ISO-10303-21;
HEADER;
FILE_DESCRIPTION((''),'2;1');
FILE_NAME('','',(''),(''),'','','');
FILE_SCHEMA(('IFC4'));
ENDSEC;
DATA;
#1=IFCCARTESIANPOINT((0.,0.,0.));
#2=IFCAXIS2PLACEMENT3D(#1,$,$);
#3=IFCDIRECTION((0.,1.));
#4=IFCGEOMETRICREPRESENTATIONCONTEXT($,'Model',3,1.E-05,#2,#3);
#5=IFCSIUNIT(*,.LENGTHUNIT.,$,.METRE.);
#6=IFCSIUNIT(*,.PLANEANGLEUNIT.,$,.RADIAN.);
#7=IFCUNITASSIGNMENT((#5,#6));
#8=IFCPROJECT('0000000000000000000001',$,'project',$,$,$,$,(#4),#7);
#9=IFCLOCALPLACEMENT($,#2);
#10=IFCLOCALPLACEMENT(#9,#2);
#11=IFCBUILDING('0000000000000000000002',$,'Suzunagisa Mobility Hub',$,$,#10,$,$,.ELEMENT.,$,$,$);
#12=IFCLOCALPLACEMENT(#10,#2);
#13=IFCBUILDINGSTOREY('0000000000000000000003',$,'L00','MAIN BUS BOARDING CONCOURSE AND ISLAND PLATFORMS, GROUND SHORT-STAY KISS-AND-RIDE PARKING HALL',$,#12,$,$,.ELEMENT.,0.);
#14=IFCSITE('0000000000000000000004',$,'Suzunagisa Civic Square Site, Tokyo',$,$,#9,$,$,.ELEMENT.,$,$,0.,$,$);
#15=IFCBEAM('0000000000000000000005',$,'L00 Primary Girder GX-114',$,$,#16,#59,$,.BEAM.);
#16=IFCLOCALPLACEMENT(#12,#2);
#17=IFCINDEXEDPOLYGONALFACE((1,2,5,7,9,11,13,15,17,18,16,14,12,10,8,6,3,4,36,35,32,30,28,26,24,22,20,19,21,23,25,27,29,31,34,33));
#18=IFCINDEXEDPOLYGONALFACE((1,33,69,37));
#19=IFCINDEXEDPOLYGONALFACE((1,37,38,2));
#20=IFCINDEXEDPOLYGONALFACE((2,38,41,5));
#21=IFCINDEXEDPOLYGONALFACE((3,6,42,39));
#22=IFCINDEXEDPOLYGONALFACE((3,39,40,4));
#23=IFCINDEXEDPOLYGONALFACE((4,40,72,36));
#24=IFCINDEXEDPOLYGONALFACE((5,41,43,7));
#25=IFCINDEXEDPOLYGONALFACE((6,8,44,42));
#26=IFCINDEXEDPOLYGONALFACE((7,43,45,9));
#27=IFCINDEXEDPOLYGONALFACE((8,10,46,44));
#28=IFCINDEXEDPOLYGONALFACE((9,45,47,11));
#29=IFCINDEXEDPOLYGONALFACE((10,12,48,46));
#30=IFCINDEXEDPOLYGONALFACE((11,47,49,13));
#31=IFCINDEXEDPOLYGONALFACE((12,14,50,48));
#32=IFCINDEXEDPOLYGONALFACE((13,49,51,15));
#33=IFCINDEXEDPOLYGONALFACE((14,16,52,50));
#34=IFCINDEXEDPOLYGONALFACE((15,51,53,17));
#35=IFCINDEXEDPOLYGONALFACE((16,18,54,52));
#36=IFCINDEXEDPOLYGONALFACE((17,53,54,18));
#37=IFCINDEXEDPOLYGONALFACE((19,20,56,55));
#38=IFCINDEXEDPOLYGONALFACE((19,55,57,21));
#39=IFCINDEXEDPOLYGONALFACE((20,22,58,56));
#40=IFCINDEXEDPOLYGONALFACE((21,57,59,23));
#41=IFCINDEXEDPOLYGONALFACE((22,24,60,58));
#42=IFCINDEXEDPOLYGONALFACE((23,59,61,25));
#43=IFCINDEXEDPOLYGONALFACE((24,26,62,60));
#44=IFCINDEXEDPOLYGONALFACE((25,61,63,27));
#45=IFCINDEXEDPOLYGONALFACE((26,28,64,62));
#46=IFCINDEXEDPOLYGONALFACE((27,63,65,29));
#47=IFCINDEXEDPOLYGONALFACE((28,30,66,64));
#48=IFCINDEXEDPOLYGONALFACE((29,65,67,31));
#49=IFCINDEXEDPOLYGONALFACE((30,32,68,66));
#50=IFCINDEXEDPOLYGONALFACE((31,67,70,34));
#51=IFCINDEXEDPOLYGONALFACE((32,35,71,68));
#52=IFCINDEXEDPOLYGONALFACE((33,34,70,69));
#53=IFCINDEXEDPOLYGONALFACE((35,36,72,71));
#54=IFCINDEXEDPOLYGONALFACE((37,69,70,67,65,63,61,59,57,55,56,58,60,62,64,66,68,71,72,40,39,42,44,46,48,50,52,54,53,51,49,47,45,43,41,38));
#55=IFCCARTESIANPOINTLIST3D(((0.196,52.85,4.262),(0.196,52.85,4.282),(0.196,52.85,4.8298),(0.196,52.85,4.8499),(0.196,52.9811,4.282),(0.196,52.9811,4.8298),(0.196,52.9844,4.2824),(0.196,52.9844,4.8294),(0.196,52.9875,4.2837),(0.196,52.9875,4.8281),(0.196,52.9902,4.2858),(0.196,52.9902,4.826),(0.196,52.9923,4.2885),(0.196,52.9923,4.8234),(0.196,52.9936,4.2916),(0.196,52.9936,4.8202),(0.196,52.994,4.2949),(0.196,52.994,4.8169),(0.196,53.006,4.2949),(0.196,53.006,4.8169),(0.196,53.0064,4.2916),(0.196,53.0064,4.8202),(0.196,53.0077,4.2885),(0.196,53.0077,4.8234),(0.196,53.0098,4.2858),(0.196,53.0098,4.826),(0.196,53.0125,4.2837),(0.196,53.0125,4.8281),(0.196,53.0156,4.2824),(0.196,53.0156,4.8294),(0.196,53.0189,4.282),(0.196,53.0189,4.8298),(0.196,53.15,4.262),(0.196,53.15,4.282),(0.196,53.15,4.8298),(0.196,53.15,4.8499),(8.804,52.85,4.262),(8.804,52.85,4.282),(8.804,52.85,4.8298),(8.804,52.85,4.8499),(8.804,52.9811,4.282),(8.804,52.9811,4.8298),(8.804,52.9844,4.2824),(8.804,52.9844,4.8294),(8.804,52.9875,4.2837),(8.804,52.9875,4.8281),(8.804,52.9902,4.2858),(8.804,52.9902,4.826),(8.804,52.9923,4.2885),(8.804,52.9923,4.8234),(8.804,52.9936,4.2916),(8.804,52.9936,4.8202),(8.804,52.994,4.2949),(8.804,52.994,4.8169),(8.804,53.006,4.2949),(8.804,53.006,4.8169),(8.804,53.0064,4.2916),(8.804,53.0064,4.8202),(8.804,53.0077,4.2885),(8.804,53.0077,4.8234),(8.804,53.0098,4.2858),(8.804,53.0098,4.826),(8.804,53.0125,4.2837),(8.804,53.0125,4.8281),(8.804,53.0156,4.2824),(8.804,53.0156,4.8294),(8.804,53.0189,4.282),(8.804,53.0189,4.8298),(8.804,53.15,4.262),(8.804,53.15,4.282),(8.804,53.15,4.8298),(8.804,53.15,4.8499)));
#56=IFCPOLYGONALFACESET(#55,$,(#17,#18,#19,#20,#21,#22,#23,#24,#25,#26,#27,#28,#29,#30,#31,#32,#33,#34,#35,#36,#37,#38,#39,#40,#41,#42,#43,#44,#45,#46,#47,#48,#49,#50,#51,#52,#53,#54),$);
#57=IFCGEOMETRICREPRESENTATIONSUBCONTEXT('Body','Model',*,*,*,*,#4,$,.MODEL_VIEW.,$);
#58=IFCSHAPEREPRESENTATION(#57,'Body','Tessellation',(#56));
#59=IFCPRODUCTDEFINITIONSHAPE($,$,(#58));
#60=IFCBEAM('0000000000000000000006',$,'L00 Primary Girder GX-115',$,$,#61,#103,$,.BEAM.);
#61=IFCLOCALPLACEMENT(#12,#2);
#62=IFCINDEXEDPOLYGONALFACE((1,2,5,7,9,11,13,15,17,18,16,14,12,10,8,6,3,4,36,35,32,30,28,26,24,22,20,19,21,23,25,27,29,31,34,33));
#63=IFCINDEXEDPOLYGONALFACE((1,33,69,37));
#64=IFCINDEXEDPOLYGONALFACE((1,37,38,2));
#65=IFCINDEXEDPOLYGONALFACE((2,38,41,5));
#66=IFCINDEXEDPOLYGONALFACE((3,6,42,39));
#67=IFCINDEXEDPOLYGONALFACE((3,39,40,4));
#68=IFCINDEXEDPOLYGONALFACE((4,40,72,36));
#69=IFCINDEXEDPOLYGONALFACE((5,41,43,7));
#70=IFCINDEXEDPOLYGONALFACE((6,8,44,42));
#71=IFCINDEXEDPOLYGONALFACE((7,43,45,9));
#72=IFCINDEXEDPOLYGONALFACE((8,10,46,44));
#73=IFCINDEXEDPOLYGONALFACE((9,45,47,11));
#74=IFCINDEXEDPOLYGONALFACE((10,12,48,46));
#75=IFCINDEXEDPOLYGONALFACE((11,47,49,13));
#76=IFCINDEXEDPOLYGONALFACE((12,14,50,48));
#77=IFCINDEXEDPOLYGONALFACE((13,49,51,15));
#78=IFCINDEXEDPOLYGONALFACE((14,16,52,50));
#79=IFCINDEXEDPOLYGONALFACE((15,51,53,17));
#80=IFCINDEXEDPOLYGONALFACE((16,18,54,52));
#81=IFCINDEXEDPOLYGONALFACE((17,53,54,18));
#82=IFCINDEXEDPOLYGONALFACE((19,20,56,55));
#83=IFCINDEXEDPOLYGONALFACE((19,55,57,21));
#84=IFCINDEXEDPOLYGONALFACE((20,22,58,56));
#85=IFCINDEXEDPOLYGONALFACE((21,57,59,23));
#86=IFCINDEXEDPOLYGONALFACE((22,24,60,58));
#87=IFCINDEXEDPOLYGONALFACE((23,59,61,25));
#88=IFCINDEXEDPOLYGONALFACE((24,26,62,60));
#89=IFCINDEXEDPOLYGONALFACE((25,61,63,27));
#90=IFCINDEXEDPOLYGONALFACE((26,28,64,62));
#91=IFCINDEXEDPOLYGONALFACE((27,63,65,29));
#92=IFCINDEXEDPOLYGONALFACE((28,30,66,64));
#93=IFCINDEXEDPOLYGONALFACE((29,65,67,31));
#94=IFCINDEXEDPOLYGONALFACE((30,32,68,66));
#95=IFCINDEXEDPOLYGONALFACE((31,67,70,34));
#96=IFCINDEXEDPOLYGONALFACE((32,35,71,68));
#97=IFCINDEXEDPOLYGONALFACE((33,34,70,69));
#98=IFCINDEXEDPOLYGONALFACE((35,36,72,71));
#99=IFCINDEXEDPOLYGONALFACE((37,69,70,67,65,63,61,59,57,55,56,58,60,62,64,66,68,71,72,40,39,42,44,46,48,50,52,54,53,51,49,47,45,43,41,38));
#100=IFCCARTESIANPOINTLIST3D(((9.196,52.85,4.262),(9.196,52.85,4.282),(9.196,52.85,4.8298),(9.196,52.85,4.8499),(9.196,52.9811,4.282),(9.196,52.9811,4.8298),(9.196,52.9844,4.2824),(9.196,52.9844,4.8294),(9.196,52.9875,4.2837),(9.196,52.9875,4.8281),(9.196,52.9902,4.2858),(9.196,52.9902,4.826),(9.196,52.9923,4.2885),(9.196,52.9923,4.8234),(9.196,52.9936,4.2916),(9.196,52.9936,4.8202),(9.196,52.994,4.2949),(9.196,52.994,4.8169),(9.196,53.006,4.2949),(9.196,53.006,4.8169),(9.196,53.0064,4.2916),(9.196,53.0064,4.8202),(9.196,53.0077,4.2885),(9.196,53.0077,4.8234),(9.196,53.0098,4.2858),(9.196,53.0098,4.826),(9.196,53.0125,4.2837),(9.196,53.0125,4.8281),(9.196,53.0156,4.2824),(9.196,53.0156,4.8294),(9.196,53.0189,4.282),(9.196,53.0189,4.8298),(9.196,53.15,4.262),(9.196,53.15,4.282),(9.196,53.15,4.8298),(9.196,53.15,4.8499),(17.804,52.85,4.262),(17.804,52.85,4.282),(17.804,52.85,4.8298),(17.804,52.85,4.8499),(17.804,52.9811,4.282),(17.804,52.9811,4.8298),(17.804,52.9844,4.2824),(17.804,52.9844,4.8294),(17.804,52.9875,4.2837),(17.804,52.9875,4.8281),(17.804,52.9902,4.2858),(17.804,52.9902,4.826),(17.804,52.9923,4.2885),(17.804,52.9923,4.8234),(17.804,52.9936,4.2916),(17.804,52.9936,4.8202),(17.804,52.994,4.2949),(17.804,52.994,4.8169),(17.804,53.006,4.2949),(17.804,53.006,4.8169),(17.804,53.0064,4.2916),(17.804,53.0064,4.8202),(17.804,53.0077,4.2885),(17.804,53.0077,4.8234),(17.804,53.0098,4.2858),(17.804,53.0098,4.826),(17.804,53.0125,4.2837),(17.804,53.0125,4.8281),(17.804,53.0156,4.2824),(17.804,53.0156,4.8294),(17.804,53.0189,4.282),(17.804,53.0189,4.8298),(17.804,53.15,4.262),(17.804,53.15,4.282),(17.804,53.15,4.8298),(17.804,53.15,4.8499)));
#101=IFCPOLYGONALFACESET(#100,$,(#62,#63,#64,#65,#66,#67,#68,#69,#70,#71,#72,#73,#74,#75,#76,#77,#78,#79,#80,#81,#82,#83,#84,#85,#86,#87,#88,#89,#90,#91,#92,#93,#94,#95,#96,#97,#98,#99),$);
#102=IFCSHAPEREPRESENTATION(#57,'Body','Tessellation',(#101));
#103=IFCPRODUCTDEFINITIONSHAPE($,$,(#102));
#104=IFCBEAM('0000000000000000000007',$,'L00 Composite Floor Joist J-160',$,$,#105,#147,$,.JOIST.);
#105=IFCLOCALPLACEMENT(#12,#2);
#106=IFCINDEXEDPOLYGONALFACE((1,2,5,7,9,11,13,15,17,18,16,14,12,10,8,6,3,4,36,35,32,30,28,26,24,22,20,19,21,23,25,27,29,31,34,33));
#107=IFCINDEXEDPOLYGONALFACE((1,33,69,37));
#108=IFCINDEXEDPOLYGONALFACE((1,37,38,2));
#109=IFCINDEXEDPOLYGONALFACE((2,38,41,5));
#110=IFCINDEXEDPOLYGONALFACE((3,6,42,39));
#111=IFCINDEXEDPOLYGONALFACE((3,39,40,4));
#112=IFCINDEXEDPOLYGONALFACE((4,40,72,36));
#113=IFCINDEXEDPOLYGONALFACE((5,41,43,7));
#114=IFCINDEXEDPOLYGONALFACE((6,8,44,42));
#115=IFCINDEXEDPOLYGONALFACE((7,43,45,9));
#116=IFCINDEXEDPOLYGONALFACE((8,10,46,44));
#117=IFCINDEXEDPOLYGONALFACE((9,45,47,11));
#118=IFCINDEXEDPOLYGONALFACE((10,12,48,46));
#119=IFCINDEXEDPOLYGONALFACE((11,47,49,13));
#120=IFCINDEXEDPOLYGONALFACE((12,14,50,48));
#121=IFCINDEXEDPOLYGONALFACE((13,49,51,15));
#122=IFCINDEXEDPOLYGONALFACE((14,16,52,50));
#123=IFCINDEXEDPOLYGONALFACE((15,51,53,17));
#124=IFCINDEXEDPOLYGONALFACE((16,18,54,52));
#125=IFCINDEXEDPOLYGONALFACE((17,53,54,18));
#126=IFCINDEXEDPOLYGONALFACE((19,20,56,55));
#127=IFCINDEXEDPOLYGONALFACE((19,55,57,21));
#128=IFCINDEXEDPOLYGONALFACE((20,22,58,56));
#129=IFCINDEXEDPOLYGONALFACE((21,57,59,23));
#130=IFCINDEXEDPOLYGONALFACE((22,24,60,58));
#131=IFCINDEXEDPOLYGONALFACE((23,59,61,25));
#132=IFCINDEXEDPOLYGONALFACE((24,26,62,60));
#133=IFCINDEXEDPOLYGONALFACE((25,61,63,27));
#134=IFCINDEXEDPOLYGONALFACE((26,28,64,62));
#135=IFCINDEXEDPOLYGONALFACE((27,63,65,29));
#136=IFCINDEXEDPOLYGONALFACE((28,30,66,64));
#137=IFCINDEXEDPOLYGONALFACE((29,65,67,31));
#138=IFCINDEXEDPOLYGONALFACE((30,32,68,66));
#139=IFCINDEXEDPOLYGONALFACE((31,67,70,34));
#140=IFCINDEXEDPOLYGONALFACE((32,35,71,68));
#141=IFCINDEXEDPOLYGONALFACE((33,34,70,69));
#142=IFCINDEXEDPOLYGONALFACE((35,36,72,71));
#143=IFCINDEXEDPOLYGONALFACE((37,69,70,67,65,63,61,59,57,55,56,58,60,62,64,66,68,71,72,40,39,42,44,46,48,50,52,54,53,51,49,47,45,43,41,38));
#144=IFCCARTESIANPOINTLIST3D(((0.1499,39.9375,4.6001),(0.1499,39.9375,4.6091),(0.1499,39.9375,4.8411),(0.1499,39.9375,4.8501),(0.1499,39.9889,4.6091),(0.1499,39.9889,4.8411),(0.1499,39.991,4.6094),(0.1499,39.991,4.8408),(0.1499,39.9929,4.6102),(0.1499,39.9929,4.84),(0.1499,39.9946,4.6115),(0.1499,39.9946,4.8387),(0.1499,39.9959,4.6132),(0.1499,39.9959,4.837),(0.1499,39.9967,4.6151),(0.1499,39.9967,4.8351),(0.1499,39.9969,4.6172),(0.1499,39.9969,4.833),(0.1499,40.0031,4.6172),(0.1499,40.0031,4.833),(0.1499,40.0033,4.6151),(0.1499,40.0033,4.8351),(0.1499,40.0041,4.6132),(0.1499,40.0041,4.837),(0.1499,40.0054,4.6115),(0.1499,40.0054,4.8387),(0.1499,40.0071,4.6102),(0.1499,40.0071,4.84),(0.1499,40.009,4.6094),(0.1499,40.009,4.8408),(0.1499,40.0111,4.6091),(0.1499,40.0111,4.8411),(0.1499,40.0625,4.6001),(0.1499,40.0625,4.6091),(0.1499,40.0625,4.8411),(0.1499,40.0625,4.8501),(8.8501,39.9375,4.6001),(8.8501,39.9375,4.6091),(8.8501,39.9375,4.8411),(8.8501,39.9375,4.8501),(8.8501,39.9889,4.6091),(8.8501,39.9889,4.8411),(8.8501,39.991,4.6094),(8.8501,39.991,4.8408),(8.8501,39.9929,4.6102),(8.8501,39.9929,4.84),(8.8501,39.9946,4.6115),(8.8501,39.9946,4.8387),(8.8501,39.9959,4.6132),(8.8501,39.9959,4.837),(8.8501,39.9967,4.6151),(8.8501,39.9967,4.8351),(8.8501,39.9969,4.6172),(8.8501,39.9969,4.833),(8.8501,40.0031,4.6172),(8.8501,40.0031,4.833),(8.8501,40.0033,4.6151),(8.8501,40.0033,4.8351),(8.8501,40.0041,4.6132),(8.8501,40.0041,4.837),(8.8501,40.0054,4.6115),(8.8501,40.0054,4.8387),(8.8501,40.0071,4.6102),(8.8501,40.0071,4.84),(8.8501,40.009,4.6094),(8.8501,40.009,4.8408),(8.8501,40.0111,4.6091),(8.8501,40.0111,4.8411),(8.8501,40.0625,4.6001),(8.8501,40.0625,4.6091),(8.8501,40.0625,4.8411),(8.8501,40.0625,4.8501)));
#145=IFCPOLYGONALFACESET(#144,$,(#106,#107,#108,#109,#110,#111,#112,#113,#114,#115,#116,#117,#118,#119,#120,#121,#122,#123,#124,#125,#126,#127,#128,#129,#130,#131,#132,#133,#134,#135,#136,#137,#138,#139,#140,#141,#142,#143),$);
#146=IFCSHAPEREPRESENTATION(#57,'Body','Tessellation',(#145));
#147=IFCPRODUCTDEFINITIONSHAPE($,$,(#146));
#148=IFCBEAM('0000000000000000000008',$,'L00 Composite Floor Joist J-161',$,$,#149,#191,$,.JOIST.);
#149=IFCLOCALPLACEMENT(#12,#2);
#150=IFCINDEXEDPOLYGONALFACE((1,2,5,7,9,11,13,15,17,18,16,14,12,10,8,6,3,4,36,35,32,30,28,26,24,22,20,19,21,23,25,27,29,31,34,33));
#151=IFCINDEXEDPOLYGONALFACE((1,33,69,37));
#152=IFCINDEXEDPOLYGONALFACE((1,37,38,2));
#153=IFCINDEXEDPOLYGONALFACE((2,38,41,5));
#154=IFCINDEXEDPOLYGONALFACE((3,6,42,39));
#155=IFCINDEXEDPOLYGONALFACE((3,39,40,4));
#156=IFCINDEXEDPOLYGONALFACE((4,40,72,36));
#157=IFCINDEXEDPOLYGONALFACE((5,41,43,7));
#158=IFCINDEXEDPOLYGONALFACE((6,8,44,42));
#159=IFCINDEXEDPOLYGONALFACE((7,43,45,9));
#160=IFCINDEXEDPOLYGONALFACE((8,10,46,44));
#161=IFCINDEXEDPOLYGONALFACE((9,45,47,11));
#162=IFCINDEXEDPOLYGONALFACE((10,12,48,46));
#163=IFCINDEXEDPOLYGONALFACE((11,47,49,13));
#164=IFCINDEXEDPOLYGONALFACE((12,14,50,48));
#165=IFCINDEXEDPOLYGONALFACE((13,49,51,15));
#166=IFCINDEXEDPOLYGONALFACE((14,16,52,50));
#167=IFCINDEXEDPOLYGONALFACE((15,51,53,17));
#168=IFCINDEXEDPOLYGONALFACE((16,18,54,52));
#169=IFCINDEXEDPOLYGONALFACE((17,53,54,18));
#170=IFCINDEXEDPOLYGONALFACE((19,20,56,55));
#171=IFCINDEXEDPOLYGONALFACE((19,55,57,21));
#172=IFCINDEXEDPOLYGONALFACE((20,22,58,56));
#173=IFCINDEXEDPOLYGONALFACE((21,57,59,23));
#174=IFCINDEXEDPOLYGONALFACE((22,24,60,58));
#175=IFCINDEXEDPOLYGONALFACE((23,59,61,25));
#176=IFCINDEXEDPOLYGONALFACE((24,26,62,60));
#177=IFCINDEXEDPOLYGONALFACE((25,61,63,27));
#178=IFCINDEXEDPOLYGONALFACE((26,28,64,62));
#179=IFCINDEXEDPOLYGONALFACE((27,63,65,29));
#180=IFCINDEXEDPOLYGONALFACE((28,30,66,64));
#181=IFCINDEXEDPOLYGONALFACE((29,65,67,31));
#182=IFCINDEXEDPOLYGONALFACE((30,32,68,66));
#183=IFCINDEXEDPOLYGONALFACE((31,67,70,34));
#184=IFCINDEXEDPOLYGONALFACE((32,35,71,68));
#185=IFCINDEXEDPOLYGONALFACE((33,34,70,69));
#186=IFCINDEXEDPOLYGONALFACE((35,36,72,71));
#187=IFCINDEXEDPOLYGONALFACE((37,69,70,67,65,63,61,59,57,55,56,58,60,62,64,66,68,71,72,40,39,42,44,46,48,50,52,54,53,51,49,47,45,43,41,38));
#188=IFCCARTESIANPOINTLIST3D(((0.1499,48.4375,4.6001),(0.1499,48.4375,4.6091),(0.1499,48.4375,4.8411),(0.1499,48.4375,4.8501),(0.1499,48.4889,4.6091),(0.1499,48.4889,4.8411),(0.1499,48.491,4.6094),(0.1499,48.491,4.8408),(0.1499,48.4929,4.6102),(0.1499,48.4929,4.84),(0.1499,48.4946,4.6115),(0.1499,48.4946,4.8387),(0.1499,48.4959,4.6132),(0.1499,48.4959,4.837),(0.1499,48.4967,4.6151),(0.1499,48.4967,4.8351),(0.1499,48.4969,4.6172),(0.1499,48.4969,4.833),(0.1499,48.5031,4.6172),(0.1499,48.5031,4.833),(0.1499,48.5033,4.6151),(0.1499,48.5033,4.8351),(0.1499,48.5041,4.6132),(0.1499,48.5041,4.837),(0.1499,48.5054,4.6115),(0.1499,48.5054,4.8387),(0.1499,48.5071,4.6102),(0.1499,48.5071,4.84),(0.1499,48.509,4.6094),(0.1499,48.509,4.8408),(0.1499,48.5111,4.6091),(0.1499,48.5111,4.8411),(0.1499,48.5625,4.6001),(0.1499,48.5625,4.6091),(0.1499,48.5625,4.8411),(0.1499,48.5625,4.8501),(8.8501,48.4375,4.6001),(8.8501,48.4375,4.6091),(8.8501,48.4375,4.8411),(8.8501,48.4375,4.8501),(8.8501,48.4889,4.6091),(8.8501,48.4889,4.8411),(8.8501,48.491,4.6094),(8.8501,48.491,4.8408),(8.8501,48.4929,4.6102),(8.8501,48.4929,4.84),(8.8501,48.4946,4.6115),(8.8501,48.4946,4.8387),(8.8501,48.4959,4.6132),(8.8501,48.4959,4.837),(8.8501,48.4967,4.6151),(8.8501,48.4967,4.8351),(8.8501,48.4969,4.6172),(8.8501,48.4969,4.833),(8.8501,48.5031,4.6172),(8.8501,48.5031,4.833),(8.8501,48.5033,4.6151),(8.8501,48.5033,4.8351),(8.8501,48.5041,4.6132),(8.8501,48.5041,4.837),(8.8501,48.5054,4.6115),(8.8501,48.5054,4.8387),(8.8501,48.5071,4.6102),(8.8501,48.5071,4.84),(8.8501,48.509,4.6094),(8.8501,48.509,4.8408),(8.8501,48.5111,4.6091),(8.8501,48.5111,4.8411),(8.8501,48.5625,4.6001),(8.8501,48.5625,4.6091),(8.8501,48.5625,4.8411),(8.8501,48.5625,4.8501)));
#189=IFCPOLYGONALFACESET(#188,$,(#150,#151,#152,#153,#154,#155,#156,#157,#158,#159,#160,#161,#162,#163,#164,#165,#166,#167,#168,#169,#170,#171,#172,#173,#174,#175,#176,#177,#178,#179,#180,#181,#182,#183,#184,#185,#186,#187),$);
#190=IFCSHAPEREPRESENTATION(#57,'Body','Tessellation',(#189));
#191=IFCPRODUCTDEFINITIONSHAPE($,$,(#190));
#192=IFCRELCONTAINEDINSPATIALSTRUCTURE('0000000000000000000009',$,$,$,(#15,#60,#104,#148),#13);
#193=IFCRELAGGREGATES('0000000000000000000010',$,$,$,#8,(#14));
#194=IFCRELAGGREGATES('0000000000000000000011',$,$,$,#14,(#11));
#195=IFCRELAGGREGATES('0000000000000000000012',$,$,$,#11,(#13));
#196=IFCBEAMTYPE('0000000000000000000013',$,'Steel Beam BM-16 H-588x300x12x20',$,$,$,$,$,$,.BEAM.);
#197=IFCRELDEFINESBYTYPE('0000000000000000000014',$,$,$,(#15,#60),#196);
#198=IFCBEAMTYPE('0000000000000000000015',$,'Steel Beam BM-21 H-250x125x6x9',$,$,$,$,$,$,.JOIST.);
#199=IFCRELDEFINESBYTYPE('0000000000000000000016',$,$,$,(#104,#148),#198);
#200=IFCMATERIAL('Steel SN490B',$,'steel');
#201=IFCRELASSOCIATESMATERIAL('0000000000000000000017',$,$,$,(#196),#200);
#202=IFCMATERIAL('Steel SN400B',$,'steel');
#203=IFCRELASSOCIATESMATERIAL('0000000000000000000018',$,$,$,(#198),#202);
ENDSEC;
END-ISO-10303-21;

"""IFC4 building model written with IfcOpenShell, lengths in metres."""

from ifc_helpers import new_model, si_unit, direction, frame, origin, origin_2d, place, context, subcontext, project, spatial, i_section, extrude, material, material_profile, profile_set, type_object, element, save


model = new_model("IFC4")

# Units and contexts
model_context = context("Model", 3, precision=1e-05, world=origin(), true_north=direction((0.0, 1.0)))
body_context = subcontext(model_context, "Body", "Model", "MODEL_VIEW")
ifc_project = project(units=[si_unit("LENGTHUNIT", "METRE"), si_unit("PLANEANGLEUNIT", "RADIAN")], contexts=[model_context])

# Site, building, storey
site_placement = place(None, origin())
site = spatial("IfcSite", under=ifc_project, at=site_placement, Name="Suzunagisa Civic Square Site, Tokyo", CompositionType="ELEMENT", RefElevation=0.0)
building_placement = place(site_placement, origin())
building = spatial("IfcBuilding", under=site, at=building_placement, Name="Suzunagisa Mobility Hub", CompositionType="ELEMENT")
storey_placement = place(building_placement, origin())
storey = spatial("IfcBuildingStorey", under=building, at=storey_placement, Name="L00", Description="MAIN BUS BOARDING CONCOURSE AND ISLAND PLATFORMS, GROUND SHORT-STAY KISS-AND-RIDE PARKING HALL", CompositionType="ELEMENT", Elevation=0.0)

# Shared definitions
ifc_material_1 = material(Name="Steel SN490B", Category="steel")

# Beams
ifc_material_profile_1 = material_profile(ifc_material_1, i_section(OverallWidth=0.3, OverallDepth=0.5879, WebThickness=0.012, FlangeThickness=0.02, FilletRadius=0.0129, at=origin_2d()), Name="H-588x300x12x20")
ifc_profile_set_1 = profile_set([ifc_material_profile_1], Name="Steel SN490B")
beam_type_1 = type_object("IfcBeamType", Name="Steel Beam BM-16 H-588x300x12x20", PredefinedType="BEAM", material=ifc_profile_set_1)
for number, where, z_axis, x_axis, name in (
    (1, (0.196, 53.0, 4.5559), (1.0, 0.0, 0.0), (0.0, 1.0, 0.0), "L00 Primary Girder GX-114"),
    (2, (9.196, 53.0, 4.5559), (1.0, 0.0, 0.0), (0.0, 1.0, 0.0), "L00 Primary Girder GX-115"),
):
    element("IfcBeam", number, at=place(storey_placement, frame(where, z_axis=z_axis, x_axis=x_axis)), inside=storey, type_object=beam_type_1, Name=name, PredefinedType="BEAM", context=body_context, shape_type="SweptSolid", body=[
        extrude(i_section(OverallWidth=0.3, OverallDepth=0.5879, WebThickness=0.012, FlangeThickness=0.02, FilletRadius=0.0129, at=origin_2d()), origin(), (0.0, 0.0, 1.0), 8.6079),
    ])
ifc_material_2 = material(Name="Steel SN400B", Category="steel")
ifc_material_profile_2 = material_profile(ifc_material_2, i_section(OverallWidth=0.125, OverallDepth=0.25, WebThickness=0.0061, FlangeThickness=0.009, FilletRadius=0.0081, at=origin_2d()), Name="H-250x125x6x9")
ifc_profile_set_2 = profile_set([ifc_material_profile_2], Name="Steel SN400B")
beam_type_2 = type_object("IfcBeamType", Name="Steel Beam BM-21 H-250x125x6x9", PredefinedType="JOIST", material=ifc_profile_set_2)
for number, where, z_axis, x_axis, name in (
    (3, (0.1499, 40.0, 4.7251), (1.0, 0.0, 0.0), (0.0, 1.0, 0.0), "L00 Composite Floor Joist J-160"),
    (4, (0.1499, 48.5, 4.7251), (1.0, 0.0, 0.0), (0.0, 1.0, 0.0), "L00 Composite Floor Joist J-161"),
):
    element("IfcBeam", number, at=place(storey_placement, frame(where, z_axis=z_axis, x_axis=x_axis)), inside=storey, type_object=beam_type_2, Name=name, PredefinedType="JOIST", context=body_context, shape_type="SweptSolid", body=[
        extrude(i_section(OverallWidth=0.125, OverallDepth=0.25, WebThickness=0.0061, FlangeThickness=0.009, FilletRadius=0.0081, at=origin_2d()), origin(), (0.0, 0.0, 1.0), 8.7002),
    ])

save(model, "model.ifc")
